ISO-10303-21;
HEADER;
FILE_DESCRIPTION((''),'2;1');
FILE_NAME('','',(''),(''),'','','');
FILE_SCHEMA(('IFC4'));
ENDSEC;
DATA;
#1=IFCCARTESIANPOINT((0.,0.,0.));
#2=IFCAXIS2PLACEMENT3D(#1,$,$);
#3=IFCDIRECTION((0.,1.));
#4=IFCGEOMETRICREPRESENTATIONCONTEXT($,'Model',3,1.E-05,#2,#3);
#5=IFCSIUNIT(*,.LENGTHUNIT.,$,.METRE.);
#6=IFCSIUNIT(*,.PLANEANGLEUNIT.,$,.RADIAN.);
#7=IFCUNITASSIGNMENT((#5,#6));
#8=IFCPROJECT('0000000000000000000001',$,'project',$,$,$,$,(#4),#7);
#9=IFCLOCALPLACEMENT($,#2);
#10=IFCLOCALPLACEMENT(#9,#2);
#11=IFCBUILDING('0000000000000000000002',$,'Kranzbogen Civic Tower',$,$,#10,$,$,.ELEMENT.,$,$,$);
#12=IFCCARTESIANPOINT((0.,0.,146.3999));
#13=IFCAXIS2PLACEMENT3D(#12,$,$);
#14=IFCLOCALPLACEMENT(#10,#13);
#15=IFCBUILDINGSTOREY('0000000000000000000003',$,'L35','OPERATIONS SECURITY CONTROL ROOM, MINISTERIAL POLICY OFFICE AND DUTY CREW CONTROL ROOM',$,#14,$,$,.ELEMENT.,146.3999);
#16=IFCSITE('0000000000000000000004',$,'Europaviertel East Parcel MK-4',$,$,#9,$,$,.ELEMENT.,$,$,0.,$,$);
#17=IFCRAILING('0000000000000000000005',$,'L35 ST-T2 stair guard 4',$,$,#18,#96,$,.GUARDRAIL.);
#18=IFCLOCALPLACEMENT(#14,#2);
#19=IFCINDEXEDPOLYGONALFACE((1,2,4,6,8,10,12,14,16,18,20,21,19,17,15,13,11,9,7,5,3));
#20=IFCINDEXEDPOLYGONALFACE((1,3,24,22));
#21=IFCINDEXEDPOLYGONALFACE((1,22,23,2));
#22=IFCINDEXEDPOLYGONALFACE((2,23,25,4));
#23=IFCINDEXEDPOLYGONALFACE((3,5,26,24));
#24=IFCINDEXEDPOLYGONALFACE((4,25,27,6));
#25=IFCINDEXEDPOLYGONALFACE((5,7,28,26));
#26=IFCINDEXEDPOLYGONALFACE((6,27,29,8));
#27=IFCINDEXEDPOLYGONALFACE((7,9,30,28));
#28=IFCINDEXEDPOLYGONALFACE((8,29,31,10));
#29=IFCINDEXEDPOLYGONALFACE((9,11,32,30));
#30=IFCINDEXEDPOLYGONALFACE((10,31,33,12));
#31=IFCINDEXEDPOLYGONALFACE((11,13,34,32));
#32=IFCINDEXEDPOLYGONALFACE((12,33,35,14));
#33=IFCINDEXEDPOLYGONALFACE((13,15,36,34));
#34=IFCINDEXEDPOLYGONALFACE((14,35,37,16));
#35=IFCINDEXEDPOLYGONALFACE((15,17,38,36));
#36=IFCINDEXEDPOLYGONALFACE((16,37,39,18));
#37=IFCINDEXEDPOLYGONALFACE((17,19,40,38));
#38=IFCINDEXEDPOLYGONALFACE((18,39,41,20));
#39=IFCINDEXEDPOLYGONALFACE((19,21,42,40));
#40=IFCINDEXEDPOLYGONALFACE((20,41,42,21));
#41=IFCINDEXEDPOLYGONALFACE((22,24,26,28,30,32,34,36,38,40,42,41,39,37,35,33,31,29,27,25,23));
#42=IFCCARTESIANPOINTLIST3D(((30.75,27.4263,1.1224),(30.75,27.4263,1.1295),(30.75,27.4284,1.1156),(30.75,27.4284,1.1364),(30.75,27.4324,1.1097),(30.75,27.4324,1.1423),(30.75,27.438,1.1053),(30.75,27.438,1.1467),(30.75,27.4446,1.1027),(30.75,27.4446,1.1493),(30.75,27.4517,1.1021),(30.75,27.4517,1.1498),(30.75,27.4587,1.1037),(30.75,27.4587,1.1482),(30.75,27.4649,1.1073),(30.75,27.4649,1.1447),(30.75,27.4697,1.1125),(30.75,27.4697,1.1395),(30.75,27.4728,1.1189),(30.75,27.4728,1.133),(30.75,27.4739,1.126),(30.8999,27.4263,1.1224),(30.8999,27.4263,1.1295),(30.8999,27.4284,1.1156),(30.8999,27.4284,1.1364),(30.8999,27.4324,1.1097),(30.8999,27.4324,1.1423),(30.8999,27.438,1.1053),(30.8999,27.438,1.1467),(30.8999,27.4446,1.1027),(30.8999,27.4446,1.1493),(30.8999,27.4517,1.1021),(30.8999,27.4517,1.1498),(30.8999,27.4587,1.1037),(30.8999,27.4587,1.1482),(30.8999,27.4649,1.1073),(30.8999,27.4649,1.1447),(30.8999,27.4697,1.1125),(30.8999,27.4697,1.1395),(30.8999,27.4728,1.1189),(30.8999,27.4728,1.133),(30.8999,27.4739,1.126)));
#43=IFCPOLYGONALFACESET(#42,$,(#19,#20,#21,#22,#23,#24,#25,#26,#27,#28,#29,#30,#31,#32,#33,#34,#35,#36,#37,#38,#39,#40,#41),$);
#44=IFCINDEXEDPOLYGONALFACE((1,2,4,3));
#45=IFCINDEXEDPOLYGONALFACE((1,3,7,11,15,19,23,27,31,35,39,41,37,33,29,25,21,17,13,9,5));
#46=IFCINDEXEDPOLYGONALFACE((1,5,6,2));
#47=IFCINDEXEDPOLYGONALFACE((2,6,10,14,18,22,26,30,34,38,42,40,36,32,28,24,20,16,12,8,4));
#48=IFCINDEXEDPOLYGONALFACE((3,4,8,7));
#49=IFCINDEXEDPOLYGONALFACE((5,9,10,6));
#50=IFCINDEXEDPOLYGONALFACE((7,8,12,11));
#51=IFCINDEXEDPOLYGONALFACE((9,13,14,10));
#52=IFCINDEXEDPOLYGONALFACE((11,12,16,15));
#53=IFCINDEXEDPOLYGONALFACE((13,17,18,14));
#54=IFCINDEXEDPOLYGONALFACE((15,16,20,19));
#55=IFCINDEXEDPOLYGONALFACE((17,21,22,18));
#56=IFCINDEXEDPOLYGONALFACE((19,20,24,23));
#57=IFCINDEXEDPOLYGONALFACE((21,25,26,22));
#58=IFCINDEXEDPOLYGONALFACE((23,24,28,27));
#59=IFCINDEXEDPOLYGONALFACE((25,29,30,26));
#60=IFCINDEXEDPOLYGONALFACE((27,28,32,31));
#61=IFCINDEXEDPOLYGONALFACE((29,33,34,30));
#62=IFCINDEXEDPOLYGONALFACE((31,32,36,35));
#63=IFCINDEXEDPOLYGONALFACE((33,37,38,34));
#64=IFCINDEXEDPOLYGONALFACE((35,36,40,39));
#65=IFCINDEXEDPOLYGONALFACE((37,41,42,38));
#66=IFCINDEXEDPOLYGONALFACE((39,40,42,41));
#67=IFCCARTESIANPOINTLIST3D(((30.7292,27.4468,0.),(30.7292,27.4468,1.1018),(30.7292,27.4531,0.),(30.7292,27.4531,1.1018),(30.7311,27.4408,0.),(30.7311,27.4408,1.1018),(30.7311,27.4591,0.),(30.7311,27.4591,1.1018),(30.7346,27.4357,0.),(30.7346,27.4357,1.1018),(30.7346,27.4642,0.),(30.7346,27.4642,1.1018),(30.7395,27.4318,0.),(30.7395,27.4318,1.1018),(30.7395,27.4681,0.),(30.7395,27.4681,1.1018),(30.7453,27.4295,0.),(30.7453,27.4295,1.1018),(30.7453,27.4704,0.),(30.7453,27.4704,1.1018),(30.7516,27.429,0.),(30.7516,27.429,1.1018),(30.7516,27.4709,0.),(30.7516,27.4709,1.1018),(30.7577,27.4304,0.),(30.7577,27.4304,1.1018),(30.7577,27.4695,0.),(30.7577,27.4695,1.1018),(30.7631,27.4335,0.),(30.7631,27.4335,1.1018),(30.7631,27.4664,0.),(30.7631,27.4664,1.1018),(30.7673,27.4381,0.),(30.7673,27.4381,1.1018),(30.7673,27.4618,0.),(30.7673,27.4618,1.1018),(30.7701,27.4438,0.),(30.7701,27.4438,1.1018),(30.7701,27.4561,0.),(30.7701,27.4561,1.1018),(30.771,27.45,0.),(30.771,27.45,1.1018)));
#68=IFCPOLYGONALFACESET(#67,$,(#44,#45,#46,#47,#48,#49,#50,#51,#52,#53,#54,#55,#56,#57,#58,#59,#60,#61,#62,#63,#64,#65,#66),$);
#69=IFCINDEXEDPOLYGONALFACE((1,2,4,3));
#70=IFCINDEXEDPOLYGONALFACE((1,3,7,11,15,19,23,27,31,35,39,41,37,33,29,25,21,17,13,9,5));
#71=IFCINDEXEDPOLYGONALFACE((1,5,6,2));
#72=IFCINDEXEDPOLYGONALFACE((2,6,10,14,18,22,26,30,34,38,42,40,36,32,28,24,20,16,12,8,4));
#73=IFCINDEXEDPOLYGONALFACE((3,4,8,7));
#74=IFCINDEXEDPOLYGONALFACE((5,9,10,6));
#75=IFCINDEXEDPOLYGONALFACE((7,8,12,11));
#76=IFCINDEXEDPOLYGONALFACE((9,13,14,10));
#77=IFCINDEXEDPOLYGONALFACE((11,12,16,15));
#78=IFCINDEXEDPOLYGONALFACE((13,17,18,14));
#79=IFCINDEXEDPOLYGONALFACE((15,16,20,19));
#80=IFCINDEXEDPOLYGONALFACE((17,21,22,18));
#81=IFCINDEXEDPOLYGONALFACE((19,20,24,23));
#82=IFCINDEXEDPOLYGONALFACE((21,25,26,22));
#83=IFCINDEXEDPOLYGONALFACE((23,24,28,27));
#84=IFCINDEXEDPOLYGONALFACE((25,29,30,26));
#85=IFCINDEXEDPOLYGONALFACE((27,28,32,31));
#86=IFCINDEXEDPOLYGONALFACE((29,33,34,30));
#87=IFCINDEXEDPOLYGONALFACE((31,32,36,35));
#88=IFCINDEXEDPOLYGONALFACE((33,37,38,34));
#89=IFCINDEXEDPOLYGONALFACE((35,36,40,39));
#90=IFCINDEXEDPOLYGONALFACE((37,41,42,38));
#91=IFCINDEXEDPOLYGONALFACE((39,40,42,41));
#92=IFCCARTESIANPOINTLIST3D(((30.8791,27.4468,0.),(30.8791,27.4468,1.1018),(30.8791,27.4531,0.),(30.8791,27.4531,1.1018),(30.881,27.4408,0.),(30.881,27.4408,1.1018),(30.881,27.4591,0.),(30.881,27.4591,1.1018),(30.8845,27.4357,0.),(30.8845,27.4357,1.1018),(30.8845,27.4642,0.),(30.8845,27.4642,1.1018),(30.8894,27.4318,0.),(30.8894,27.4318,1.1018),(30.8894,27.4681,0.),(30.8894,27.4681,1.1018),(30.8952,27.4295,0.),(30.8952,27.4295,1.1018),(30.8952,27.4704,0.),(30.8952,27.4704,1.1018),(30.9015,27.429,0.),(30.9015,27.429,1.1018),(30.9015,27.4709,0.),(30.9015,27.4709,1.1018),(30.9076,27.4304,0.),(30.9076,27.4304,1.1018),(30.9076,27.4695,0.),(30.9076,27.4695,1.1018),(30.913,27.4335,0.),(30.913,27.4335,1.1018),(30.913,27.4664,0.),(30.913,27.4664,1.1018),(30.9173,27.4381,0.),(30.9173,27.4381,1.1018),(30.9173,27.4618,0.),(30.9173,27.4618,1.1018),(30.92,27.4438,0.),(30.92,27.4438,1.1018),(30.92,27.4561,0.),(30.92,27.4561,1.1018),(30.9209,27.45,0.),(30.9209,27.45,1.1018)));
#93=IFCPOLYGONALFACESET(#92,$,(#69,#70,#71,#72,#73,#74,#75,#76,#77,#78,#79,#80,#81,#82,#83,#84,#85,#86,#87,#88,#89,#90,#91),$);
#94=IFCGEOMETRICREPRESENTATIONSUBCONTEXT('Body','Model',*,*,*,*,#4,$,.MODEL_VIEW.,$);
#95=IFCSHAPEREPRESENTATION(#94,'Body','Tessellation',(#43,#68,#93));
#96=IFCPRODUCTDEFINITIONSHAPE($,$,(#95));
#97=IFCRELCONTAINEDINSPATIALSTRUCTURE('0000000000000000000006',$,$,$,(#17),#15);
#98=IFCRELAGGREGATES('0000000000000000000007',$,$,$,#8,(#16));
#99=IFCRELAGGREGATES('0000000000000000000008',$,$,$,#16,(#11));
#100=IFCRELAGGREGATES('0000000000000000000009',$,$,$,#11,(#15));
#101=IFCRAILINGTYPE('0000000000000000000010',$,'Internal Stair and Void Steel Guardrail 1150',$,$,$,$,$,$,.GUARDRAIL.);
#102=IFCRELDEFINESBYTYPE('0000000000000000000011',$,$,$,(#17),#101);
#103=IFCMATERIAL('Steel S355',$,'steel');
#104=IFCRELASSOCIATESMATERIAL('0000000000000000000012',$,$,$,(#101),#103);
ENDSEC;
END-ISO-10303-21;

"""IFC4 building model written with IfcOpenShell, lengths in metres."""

from ifc_helpers import new_model, si_unit, direction, frame, origin, origin_2d, place, context, subcontext, project, spatial, circle, extrude, material, type_object, element, save


model = new_model("IFC4")

# Units and contexts
model_context = context("Model", 3, precision=1e-05, world=origin(), true_north=direction((0.0, 1.0)))
body_context = subcontext(model_context, "Body", "Model", "MODEL_VIEW")
ifc_project = project(units=[si_unit("LENGTHUNIT", "METRE"), si_unit("PLANEANGLEUNIT", "RADIAN")], contexts=[model_context])

# Site, building, storey
site_placement = place(None, origin())
site = spatial("IfcSite", under=ifc_project, at=site_placement, Name="Europaviertel East Parcel MK-4", CompositionType="ELEMENT", RefElevation=0.0)
building_placement = place(site_placement, origin())
building = spatial("IfcBuilding", under=site, at=building_placement, Name="Kranzbogen Civic Tower", CompositionType="ELEMENT")
storey_placement = place(building_placement, frame((0.0, 0.0, 146.3999)))
storey = spatial("IfcBuildingStorey", under=building, at=storey_placement, Name="L35", Description="OPERATIONS SECURITY CONTROL ROOM, MINISTERIAL POLICY OFFICE AND DUTY CREW CONTROL ROOM", CompositionType="ELEMENT", Elevation=146.3999)

# Shared definitions
ifc_material_1 = material(Name="Steel S355", Category="steel")

# Railing
railing_type_1 = type_object("IfcRailingType", Name="Internal Stair and Void Steel Guardrail 1150", PredefinedType="GUARDRAIL", material=ifc_material_1)
railing_1_placement = place(storey_placement, frame((30.75, 27.45, 0.0)))
element("IfcRailing", 1, at=railing_1_placement, inside=storey, type_object=railing_type_1, Name="L35 ST-T2 stair guard 4", PredefinedType="GUARDRAIL", context=body_context, shape_type="SweptSolid", body=[
    extrude(circle(Radius=0.0239, at=origin_2d()), frame((0.0, 0.0, 1.126), z_axis=(1.0, 0.0, 0.0), x_axis=(0.0, 1.0, 0.0)), (0.0, 0.0, 1.0), 0.1499),
    extrude(circle(Radius=0.021, at=origin_2d()), origin(), (0.0, 0.0, 1.0), 1.1018),
    extrude(circle(Radius=0.021, at=origin_2d()), frame((0.1499, 0.0, 0.0)), (0.0, 0.0, 1.0), 1.1018),
])

save(model, "model.ifc")
